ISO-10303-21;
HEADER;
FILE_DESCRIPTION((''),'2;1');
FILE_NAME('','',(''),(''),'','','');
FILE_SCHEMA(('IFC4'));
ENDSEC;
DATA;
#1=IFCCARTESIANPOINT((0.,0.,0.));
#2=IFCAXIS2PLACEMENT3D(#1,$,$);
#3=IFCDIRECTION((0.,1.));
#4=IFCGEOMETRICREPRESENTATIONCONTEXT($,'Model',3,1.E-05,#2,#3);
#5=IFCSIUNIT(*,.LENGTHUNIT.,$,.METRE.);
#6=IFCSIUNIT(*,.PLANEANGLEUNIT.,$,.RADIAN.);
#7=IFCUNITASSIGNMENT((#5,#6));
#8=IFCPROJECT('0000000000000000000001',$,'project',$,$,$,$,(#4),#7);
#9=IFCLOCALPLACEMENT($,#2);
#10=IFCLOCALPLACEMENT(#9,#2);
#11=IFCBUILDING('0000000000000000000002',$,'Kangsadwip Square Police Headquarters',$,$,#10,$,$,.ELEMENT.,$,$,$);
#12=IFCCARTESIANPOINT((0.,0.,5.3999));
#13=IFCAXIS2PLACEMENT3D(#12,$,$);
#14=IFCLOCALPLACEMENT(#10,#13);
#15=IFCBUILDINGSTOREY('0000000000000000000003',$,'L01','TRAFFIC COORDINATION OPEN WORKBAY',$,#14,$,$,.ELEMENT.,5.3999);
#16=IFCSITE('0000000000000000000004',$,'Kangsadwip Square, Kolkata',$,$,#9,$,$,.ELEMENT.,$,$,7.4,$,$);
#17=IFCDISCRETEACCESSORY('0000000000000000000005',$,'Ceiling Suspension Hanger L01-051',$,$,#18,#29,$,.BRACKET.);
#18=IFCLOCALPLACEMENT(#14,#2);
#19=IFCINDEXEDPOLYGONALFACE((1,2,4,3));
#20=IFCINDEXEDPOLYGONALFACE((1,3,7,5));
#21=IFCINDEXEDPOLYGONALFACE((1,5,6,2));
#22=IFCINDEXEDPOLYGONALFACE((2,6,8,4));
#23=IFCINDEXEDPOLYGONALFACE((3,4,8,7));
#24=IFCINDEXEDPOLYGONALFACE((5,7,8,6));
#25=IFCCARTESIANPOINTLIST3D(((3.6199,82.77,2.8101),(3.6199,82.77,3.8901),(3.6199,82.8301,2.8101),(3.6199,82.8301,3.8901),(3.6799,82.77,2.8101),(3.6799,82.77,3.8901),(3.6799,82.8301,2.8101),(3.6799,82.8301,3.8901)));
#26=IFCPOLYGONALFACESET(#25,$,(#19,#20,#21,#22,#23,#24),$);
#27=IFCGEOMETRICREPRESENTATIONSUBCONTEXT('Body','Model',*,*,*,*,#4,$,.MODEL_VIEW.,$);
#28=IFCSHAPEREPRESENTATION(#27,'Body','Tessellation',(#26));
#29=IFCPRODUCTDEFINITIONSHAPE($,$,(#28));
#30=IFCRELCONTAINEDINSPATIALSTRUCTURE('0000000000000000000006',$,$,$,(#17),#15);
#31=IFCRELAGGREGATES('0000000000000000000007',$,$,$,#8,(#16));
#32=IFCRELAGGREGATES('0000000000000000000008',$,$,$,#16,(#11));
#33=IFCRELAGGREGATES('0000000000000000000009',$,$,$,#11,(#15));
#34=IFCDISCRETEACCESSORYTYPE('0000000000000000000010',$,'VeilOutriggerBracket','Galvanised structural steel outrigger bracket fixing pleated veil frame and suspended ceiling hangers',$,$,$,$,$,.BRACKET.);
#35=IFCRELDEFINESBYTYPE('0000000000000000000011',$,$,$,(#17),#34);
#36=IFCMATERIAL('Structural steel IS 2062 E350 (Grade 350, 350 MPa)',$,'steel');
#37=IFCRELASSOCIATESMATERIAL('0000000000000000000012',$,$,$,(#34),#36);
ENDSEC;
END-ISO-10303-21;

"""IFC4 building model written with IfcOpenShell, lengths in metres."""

from ifc_helpers import new_model, si_unit, direction, frame, origin, origin_2d, place, context, subcontext, project, spatial, rectangle, extrude, material, type_object, element, save


model = new_model("IFC4")

# Units and contexts
model_context = context("Model", 3, precision=1e-05, world=origin(), true_north=direction((0.0, 1.0)))
body_context = subcontext(model_context, "Body", "Model", "MODEL_VIEW")
ifc_project = project(units=[si_unit("LENGTHUNIT", "METRE"), si_unit("PLANEANGLEUNIT", "RADIAN")], contexts=[model_context])

# Site, building, storey
site_placement = place(None, origin())
site = spatial("IfcSite", under=ifc_project, at=site_placement, Name="Kangsadwip Square, Kolkata", CompositionType="ELEMENT", RefElevation=7.4)
building_placement = place(site_placement, origin())
building = spatial("IfcBuilding", under=site, at=building_placement, Name="Kangsadwip Square Police Headquarters", CompositionType="ELEMENT")
storey_placement = place(building_placement, frame((0.0, 0.0, 5.3999)))
storey = spatial("IfcBuildingStorey", under=building, at=storey_placement, Name="L01", Description="TRAFFIC COORDINATION OPEN WORKBAY", CompositionType="ELEMENT", Elevation=5.3999)

# Discrete accessory
ifc_material_1 = material(Name="Structural steel IS 2062 E350 (Grade 350, 350 MPa)", Category="steel")
discrete_accessory_type = type_object("IfcDiscreteAccessoryType", Name="VeilOutriggerBracket", Description="Galvanised structural steel outrigger bracket fixing pleated veil frame and suspended ceiling hangers", PredefinedType="BRACKET", material=ifc_material_1)
discrete_accessory_placement = place(storey_placement, frame((3.6499, 82.8, 2.8101), z_axis=(0.0, 0.0, 1.0), x_axis=(1.0, 0.0, 0.0)))
element("IfcDiscreteAccessory", 1, at=discrete_accessory_placement, inside=storey, type_object=discrete_accessory_type, Name="Ceiling Suspension Hanger L01-051", PredefinedType="BRACKET", context=body_context, shape_type="SweptSolid", body=[
    extrude(rectangle(XDim=0.0601, YDim=0.0601, at=origin_2d()), origin(), (0.0, 0.0, 1.0), 1.0801),
])

save(model, "model.ifc")
